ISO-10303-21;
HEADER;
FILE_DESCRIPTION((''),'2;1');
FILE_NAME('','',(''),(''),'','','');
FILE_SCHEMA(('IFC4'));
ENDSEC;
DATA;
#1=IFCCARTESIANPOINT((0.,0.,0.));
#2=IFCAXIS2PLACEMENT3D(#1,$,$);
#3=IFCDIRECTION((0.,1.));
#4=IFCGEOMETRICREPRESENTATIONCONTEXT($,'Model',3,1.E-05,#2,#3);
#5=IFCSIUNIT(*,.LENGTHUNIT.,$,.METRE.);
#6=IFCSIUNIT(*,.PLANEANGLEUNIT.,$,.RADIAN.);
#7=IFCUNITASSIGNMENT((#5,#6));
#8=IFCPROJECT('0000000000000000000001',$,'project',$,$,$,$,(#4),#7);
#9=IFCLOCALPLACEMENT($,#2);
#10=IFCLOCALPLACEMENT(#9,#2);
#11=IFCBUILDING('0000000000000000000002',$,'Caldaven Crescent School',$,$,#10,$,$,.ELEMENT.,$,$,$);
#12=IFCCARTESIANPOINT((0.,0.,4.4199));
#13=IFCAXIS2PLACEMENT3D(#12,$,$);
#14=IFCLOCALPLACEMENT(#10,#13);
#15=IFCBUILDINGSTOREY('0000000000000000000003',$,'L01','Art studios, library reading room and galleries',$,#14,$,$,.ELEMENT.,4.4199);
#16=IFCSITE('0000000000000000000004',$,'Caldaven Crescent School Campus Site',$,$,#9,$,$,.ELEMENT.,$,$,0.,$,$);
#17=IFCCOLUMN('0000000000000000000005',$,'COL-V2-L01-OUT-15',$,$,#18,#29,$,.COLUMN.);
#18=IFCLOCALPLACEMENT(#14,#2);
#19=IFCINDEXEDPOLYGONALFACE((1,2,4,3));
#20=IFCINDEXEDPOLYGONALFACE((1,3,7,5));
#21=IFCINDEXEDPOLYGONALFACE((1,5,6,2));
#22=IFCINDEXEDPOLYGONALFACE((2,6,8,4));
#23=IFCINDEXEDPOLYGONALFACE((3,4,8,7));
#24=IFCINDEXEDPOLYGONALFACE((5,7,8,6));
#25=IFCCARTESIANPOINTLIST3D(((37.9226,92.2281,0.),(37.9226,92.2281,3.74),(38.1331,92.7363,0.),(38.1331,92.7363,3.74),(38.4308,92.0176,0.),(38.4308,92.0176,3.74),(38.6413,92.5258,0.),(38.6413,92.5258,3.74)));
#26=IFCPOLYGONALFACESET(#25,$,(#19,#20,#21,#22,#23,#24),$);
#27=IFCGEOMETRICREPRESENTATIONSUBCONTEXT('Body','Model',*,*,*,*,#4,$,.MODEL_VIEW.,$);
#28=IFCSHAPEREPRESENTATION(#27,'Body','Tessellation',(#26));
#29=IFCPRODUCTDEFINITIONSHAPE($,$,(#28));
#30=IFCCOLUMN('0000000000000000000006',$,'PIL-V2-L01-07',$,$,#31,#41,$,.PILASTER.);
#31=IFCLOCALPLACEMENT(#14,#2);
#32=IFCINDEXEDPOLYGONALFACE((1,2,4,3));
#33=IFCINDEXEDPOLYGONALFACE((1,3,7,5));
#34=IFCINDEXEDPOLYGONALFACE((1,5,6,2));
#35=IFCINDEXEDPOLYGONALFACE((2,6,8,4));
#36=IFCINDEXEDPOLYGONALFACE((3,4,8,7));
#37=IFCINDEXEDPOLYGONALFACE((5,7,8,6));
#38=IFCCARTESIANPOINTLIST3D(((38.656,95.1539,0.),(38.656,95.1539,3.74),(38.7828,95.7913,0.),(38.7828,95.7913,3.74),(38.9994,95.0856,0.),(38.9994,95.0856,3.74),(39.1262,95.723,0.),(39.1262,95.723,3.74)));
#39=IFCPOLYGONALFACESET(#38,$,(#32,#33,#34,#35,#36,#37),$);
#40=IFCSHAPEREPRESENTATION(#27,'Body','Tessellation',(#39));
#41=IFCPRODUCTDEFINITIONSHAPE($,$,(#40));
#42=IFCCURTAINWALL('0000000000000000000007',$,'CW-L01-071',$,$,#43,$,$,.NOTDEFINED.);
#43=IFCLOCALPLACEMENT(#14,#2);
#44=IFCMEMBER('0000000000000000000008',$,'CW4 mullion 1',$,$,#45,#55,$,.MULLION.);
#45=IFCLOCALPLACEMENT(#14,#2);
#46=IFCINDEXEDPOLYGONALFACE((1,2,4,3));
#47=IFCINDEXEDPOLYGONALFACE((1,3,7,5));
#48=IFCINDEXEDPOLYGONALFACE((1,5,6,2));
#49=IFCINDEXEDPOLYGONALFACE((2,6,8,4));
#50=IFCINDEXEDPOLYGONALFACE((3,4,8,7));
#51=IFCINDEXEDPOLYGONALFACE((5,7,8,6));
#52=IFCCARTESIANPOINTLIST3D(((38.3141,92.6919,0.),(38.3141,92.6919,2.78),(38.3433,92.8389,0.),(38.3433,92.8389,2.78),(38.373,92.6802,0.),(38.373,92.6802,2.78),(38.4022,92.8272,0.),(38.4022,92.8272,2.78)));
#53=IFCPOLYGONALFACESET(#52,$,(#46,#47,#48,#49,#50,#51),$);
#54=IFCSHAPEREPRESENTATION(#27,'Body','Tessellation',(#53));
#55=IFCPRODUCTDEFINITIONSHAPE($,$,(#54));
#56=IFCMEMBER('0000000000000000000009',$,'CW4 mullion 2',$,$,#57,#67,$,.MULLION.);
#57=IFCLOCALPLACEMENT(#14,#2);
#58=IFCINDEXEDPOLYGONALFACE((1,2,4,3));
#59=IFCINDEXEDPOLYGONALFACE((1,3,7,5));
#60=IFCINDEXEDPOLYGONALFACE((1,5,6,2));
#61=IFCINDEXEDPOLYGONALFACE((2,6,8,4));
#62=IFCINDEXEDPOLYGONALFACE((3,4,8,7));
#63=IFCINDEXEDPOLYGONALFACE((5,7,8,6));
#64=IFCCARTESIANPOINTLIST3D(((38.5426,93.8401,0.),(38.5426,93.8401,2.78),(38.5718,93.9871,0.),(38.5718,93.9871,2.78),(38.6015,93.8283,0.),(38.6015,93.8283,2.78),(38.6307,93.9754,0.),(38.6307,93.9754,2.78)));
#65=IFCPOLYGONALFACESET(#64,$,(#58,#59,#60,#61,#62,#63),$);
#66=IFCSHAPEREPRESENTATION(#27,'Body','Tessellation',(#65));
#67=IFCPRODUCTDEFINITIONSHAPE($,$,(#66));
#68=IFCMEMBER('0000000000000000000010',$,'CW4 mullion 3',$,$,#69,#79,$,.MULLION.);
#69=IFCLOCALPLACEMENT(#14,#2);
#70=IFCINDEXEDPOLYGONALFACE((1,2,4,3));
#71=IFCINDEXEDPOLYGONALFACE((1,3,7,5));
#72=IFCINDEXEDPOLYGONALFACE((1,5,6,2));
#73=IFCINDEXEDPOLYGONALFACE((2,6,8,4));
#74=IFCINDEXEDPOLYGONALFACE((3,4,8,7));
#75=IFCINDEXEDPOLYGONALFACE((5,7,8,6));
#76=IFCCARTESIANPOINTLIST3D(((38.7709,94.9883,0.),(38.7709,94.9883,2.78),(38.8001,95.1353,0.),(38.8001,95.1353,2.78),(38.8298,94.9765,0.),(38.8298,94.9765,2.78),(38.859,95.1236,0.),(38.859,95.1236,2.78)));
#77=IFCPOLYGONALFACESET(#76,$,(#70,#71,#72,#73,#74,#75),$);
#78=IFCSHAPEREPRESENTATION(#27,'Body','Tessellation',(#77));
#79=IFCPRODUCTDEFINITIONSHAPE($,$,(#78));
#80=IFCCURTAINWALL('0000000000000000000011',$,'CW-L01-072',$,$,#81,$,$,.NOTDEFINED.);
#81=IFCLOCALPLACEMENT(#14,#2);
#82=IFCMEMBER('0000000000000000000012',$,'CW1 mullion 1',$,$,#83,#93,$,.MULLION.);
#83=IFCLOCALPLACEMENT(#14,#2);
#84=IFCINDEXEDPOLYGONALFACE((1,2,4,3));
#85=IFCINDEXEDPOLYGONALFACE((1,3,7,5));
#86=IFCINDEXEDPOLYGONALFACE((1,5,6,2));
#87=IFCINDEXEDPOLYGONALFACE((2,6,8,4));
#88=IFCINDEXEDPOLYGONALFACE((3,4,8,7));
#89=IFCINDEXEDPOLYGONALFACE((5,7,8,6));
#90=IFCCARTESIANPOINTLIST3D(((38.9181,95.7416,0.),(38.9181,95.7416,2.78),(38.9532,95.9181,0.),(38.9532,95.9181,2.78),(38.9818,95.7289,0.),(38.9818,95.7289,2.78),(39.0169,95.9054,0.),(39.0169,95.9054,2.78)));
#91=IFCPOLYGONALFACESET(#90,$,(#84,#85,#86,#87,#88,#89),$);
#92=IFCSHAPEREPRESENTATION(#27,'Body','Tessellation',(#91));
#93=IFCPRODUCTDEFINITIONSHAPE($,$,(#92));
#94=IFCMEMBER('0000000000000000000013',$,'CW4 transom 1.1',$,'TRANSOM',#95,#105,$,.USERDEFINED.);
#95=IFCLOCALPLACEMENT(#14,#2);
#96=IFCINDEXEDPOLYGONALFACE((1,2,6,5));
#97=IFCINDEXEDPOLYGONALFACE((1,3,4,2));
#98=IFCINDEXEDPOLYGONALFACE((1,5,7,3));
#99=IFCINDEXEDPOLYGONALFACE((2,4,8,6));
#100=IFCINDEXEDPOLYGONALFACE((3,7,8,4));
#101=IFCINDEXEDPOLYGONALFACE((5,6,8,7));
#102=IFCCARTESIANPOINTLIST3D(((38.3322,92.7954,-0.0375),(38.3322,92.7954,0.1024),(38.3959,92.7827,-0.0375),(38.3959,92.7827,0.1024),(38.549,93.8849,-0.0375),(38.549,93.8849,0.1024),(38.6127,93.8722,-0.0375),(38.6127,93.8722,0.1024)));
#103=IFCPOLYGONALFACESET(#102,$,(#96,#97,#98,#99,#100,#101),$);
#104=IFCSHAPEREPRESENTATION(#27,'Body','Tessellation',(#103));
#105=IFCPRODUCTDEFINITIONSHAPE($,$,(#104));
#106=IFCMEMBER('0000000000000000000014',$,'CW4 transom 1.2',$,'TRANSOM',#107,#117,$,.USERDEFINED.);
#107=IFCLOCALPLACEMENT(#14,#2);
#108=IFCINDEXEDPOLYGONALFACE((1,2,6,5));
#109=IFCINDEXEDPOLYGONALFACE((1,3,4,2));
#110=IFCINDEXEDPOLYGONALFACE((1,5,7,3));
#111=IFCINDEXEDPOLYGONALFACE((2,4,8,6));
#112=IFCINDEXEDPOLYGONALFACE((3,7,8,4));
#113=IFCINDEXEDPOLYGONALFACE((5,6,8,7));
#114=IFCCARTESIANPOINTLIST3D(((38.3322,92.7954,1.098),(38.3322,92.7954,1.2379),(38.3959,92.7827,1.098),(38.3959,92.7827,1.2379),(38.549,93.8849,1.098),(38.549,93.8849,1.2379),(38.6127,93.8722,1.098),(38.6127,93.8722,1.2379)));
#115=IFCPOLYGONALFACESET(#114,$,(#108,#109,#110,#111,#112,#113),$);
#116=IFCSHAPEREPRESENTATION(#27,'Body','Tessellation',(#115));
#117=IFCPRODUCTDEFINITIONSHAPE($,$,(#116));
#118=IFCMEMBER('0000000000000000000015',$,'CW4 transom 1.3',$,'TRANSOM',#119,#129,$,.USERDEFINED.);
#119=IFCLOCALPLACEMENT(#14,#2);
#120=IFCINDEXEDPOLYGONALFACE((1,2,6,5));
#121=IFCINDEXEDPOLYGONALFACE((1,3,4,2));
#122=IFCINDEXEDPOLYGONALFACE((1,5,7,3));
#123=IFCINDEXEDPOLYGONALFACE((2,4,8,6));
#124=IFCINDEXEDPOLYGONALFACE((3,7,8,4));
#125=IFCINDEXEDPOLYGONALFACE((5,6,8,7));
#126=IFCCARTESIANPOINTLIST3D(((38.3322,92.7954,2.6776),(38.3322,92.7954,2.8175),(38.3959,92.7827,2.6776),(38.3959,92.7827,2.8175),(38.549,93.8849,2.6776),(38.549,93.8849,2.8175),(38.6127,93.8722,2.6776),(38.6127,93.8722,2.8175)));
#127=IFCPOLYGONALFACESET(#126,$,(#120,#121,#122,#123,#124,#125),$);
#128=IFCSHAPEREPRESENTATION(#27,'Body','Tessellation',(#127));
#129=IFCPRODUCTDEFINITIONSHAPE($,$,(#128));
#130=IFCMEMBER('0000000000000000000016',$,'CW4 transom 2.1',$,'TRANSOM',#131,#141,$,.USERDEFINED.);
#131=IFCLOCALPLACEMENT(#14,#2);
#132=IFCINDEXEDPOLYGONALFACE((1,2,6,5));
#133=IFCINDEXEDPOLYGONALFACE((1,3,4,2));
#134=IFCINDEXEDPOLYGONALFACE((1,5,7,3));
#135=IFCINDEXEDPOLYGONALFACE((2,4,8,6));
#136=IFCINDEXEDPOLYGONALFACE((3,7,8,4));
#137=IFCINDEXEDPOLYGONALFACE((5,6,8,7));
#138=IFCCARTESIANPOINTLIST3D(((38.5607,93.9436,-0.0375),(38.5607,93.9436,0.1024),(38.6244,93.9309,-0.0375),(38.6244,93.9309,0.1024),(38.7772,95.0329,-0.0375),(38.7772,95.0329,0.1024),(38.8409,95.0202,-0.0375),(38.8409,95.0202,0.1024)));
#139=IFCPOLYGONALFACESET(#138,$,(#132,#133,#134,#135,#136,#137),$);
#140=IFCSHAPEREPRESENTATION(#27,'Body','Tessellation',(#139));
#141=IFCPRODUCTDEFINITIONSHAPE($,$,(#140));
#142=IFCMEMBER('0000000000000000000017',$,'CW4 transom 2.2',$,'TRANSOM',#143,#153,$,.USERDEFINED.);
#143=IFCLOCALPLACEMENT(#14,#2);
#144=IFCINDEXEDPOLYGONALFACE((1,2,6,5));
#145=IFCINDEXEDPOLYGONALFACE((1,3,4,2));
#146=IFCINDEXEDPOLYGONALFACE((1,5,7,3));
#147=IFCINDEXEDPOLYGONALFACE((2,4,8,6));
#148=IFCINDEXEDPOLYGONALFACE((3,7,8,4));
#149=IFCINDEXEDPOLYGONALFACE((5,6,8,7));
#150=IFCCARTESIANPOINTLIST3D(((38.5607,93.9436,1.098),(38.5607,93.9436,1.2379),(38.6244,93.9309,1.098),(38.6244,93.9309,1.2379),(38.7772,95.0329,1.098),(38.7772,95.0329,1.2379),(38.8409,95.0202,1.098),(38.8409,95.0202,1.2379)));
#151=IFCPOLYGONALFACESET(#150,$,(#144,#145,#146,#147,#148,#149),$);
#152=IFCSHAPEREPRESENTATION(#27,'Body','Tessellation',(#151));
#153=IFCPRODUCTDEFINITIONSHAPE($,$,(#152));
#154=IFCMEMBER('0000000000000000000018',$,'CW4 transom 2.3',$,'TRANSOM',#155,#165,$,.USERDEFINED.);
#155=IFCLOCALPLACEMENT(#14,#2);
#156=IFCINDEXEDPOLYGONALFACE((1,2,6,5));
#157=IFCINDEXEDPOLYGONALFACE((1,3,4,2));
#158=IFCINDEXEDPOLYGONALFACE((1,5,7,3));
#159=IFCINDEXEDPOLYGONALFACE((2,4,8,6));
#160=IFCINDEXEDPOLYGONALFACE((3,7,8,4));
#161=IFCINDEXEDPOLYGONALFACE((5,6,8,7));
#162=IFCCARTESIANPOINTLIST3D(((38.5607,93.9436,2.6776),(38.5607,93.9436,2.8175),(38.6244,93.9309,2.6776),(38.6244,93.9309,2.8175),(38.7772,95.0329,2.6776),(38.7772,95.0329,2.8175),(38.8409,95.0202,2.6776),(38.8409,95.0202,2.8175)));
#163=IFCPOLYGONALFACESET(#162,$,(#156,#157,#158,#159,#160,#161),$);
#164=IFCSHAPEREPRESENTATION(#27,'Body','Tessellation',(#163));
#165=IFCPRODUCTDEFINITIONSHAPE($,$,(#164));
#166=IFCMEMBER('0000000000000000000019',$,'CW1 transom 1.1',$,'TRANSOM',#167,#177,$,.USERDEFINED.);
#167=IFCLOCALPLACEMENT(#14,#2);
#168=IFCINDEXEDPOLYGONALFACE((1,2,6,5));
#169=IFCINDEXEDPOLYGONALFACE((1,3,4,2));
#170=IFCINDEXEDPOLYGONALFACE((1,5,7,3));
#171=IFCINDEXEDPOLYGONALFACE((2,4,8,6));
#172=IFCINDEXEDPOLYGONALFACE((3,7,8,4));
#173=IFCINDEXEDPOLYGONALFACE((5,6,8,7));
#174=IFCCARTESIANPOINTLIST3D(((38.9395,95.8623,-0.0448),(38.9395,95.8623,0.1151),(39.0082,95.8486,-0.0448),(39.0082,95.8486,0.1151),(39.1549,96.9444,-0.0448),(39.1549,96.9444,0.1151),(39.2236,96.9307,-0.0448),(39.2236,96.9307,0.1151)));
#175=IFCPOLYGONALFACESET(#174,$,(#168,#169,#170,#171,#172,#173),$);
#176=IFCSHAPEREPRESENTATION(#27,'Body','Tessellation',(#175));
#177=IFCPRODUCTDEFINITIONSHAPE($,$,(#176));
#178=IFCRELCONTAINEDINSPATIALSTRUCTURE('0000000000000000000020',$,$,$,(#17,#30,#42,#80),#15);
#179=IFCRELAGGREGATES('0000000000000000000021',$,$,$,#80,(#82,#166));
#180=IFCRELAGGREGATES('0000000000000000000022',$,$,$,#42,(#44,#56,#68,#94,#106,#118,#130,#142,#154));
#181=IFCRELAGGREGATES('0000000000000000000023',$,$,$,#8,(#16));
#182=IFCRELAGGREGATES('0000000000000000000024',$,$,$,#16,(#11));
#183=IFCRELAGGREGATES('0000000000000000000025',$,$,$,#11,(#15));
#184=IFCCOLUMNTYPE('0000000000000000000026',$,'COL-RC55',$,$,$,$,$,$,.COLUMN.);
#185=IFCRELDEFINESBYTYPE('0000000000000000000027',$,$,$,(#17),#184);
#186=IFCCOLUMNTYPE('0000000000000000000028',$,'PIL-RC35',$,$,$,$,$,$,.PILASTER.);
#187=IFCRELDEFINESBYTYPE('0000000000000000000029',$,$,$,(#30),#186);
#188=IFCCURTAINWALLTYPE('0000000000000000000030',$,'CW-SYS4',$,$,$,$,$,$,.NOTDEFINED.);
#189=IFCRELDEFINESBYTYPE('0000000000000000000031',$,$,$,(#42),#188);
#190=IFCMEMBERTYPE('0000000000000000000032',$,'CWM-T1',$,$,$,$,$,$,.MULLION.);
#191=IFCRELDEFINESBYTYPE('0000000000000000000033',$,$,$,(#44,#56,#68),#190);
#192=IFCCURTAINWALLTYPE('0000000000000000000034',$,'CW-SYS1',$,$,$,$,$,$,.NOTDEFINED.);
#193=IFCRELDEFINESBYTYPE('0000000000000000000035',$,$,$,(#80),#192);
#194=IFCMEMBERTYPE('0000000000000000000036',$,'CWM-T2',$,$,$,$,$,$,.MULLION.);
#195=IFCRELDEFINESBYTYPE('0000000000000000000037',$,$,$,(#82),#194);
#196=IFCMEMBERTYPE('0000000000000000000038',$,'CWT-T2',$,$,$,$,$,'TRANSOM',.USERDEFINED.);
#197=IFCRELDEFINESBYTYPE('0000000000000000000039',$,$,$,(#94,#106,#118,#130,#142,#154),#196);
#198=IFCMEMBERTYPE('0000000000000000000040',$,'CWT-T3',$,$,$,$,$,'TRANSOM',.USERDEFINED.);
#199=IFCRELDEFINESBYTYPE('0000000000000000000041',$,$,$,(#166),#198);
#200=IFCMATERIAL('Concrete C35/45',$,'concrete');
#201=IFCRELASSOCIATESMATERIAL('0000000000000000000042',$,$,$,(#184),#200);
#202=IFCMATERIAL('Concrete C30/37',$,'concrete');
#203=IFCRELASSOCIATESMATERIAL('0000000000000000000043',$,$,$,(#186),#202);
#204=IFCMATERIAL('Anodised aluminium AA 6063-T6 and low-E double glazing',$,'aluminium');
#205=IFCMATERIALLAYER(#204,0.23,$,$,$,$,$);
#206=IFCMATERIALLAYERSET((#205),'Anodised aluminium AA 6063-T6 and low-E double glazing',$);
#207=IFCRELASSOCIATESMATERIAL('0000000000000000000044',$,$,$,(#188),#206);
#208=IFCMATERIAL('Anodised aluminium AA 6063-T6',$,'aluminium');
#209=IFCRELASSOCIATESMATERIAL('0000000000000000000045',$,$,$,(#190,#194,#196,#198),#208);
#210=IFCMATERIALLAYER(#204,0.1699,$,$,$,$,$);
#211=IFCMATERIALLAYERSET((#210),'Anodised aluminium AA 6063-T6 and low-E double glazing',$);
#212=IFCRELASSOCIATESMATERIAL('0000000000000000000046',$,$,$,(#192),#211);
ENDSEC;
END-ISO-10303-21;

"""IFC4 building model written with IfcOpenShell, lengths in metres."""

from ifc_helpers import new_model, si_unit, direction, frame, origin, origin_2d, place, context, subcontext, project, spatial, rectangle, extrude, material, layer, layer_set, material_profile, profile_set, type_object, element, aggregate, save


model = new_model("IFC4")

# Units and contexts
model_context = context("Model", 3, precision=1e-05, world=origin(), true_north=direction((0.0, 1.0)))
body_context = subcontext(model_context, "Body", "Model", "MODEL_VIEW")
ifc_project = project(units=[si_unit("LENGTHUNIT", "METRE"), si_unit("PLANEANGLEUNIT", "RADIAN")], contexts=[model_context])

# Site, building, storey
site_placement = place(None, origin())
site = spatial("IfcSite", under=ifc_project, at=site_placement, Name="Caldaven Crescent School Campus Site", CompositionType="ELEMENT", RefElevation=0.0)
building_placement = place(site_placement, origin())
building = spatial("IfcBuilding", under=site, at=building_placement, Name="Caldaven Crescent School", CompositionType="ELEMENT")
storey_placement = place(building_placement, frame((0.0, 0.0, 4.4199)))
storey = spatial("IfcBuildingStorey", under=building, at=storey_placement, Name="L01", Description="Art studios, library reading room and galleries", CompositionType="ELEMENT", Elevation=4.4199)

# Columns
ifc_material_1 = material(Name="Concrete C35/45", Category="concrete")
ifc_material_profile_1 = material_profile(ifc_material_1, rectangle(XDim=0.55, YDim=0.55, at=origin_2d()), Name="RC 550x550")
ifc_profile_set_1 = profile_set([ifc_material_profile_1], Name="Concrete C35/45")
column_type_1 = type_object("IfcColumnType", Name="COL-RC55", PredefinedType="COLUMN", material=ifc_profile_set_1)
column_1_placement = place(storey_placement, frame((38.282, 92.377, 0.0), z_axis=(0.0, 0.0, 1.0), x_axis=(0.92388, -0.382683, 0.0)))
element("IfcColumn", 1, at=column_1_placement, inside=storey, type_object=column_type_1, Name="COL-V2-L01-OUT-15", PredefinedType="COLUMN", context=body_context, shape_type="SweptSolid", body=[
    extrude(rectangle(XDim=0.55, YDim=0.55, at=origin_2d()), origin(), (0.0, 0.0, 1.0), 3.74),
])
ifc_material_2 = material(Name="Concrete C30/37", Category="concrete")
ifc_material_profile_2 = material_profile(ifc_material_2, rectangle(XDim=0.3501, YDim=0.6499, at=origin_2d()), Name="RC 350x650")
ifc_profile_set_2 = profile_set([ifc_material_profile_2], Name="Concrete C30/37")
column_type_2 = type_object("IfcColumnType", Name="PIL-RC35", PredefinedType="PILASTER", material=ifc_profile_set_2)
column_2_placement = place(storey_placement, frame((38.8911, 95.4385, 0.0), z_axis=(0.0, 0.0, 1.0), x_axis=(0.980785, -0.19509, 0.0)))
element("IfcColumn", 2, at=column_2_placement, inside=storey, type_object=column_type_2, Name="PIL-V2-L01-07", PredefinedType="PILASTER", context=body_context, shape_type="SweptSolid", body=[
    extrude(rectangle(XDim=0.3501, YDim=0.6499, at=origin_2d()), origin(), (0.0, 0.0, 1.0), 3.74),
])

# Curtain wall, members
ifc_material_3 = material(Name="Anodised aluminium AA 6063-T6 and low-E double glazing", Category="aluminium")
ifc_layer_1 = layer(ifc_material_3, 0.23)
ifc_layer_set_1 = layer_set([ifc_layer_1], Name="Anodised aluminium AA 6063-T6 and low-E double glazing")
curtain_wall_type_1 = type_object("IfcCurtainWallType", Name="CW-SYS4", PredefinedType="NOTDEFINED", material=ifc_layer_set_1)
curtain_wall_1_placement = place(storey_placement, origin())
curtain_wall_1 = element("IfcCurtainWall", 3, at=curtain_wall_1_placement, inside=storey, type_object=curtain_wall_type_1, Name="CW-L01-071", PredefinedType="NOTDEFINED")
ifc_material_4 = material(Name="Anodised aluminium AA 6063-T6", Category="aluminium")
ifc_material_profile_3 = material_profile(ifc_material_4, rectangle(XDim=0.0601, YDim=0.1499, at=origin_2d()), Name="CWM 60x150")
ifc_profile_set_3 = profile_set([ifc_material_profile_3], Name="Anodised aluminium AA 6063-T6")
member_type_1 = type_object("IfcMemberType", Name="CWM-T1", PredefinedType="MULLION", material=ifc_profile_set_3)
member_1_placement = place(storey_placement, frame((38.3582, 92.7595, 0.0), z_axis=(0.0, 0.0, 1.0), x_axis=(-0.980786, 0.195087, 0.0)))
member_1 = element("IfcMember", 4, at=member_1_placement, type_object=member_type_1, Name="CW4 mullion 1", PredefinedType="MULLION", context=body_context, shape_type="SweptSolid", body=[
    extrude(rectangle(XDim=0.0601, YDim=0.1499, at=origin_2d()), origin(), (0.0, 0.0, 1.0), 2.78),
])
member_2_placement = place(storey_placement, frame((38.5867, 93.9077, 0.0), z_axis=(0.0, 0.0, 1.0), x_axis=(-0.980786, 0.195087, 0.0)))
member_2 = element("IfcMember", 5, at=member_2_placement, type_object=member_type_1, Name="CW4 mullion 2", PredefinedType="MULLION", context=body_context, shape_type="SweptSolid", body=[
    extrude(rectangle(XDim=0.0601, YDim=0.1499, at=origin_2d()), origin(), (0.0, 0.0, 1.0), 2.78),
])
member_3_placement = place(storey_placement, frame((38.8149, 95.0559, 0.0), z_axis=(0.0, 0.0, 1.0), x_axis=(-0.980786, 0.195087, 0.0)))
member_3 = element("IfcMember", 6, at=member_3_placement, type_object=member_type_1, Name="CW4 mullion 3", PredefinedType="MULLION", context=body_context, shape_type="SweptSolid", body=[
    extrude(rectangle(XDim=0.0601, YDim=0.1499, at=origin_2d()), origin(), (0.0, 0.0, 1.0), 2.78),
])

# Curtain wall, member
ifc_layer_2 = layer(ifc_material_3, 0.1699)
ifc_layer_set_2 = layer_set([ifc_layer_2], Name="Anodised aluminium AA 6063-T6 and low-E double glazing")
curtain_wall_type_2 = type_object("IfcCurtainWallType", Name="CW-SYS1", PredefinedType="NOTDEFINED", material=ifc_layer_set_2)
curtain_wall_2_placement = place(storey_placement, origin())
curtain_wall_2 = element("IfcCurtainWall", 7, at=curtain_wall_2_placement, inside=storey, type_object=curtain_wall_type_2, Name="CW-L01-072", PredefinedType="NOTDEFINED")
ifc_material_profile_4 = material_profile(ifc_material_4, rectangle(XDim=0.0649, YDim=0.1799, at=origin_2d()), Name="CWM 65x180")
ifc_profile_set_4 = profile_set([ifc_material_profile_4], Name="Anodised aluminium AA 6063-T6")
member_type_2 = type_object("IfcMemberType", Name="CWM-T2", PredefinedType="MULLION", material=ifc_profile_set_4)
member_4_placement = place(storey_placement, frame((38.9675, 95.8235, 0.0), z_axis=(0.0, 0.0, 1.0), x_axis=(-0.980785, 0.195091, 0.0)))
member_4 = element("IfcMember", 8, at=member_4_placement, type_object=member_type_2, Name="CW1 mullion 1", PredefinedType="MULLION", context=body_context, shape_type="SweptSolid", body=[
    extrude(rectangle(XDim=0.0649, YDim=0.1799, at=origin_2d()), origin(), (0.0, 0.0, 1.0), 2.78),
])

# Members
ifc_material_profile_5 = material_profile(ifc_material_4, rectangle(XDim=0.0649, YDim=0.1399, at=origin_2d()), Name="CWT 65x140")
ifc_profile_set_5 = profile_set([ifc_material_profile_5], Name="Anodised aluminium AA 6063-T6")
member_type_3 = type_object("IfcMemberType", Name="CWT-T2", ElementType="TRANSOM", PredefinedType="USERDEFINED", material=ifc_profile_set_5)
member_5_placement = place(storey_placement, frame((38.364, 92.7891, 0.0325), z_axis=(0.195186, 0.980766, 0.0), x_axis=(-0.980766, 0.195186, 0.0)))
member_5 = element("IfcMember", 9, at=member_5_placement, type_object=member_type_3, Name="CW4 transom 1.1", ObjectType="TRANSOM", PredefinedType="USERDEFINED", context=body_context, shape_type="SweptSolid", body=[
    extrude(rectangle(XDim=0.0649, YDim=0.1399, at=origin_2d()), origin(), (0.0, 0.0, 1.0), 1.1108),
])
member_6_placement = place(storey_placement, frame((38.364, 92.7891, 1.168), z_axis=(0.195186, 0.980766, 0.0), x_axis=(-0.980766, 0.195186, 0.0)))
member_6 = element("IfcMember", 10, at=member_6_placement, type_object=member_type_3, Name="CW4 transom 1.2", ObjectType="TRANSOM", PredefinedType="USERDEFINED", context=body_context, shape_type="SweptSolid", body=[
    extrude(rectangle(XDim=0.0649, YDim=0.1399, at=origin_2d()), origin(), (0.0, 0.0, 1.0), 1.1108),
])
member_7_placement = place(storey_placement, frame((38.364, 92.7891, 2.7476), z_axis=(0.195186, 0.980766, 0.0), x_axis=(-0.980766, 0.195186, 0.0)))
member_7 = element("IfcMember", 11, at=member_7_placement, type_object=member_type_3, Name="CW4 transom 1.3", ObjectType="TRANSOM", PredefinedType="USERDEFINED", context=body_context, shape_type="SweptSolid", body=[
    extrude(rectangle(XDim=0.0649, YDim=0.1399, at=origin_2d()), origin(), (0.0, 0.0, 1.0), 1.1108),
])
member_8_placement = place(storey_placement, frame((38.5925, 93.9373, 0.0325), z_axis=(0.194975, 0.980808, 0.0), x_axis=(-0.980808, 0.194975, 0.0)))
member_8 = element("IfcMember", 12, at=member_8_placement, type_object=member_type_3, Name="CW4 transom 2.1", ObjectType="TRANSOM", PredefinedType="USERDEFINED", context=body_context, shape_type="SweptSolid", body=[
    extrude(rectangle(XDim=0.0649, YDim=0.1399, at=origin_2d()), origin(), (0.0, 0.0, 1.0), 1.1106),
])
member_9_placement = place(storey_placement, frame((38.5925, 93.9373, 1.168), z_axis=(0.194975, 0.980808, 0.0), x_axis=(-0.980808, 0.194975, 0.0)))
member_9 = element("IfcMember", 13, at=member_9_placement, type_object=member_type_3, Name="CW4 transom 2.2", ObjectType="TRANSOM", PredefinedType="USERDEFINED", context=body_context, shape_type="SweptSolid", body=[
    extrude(rectangle(XDim=0.0649, YDim=0.1399, at=origin_2d()), origin(), (0.0, 0.0, 1.0), 1.1106),
])
member_10_placement = place(storey_placement, frame((38.5925, 93.9373, 2.7476), z_axis=(0.194975, 0.980808, 0.0), x_axis=(-0.980808, 0.194975, 0.0)))
member_10 = element("IfcMember", 14, at=member_10_placement, type_object=member_type_3, Name="CW4 transom 2.3", ObjectType="TRANSOM", PredefinedType="USERDEFINED", context=body_context, shape_type="SweptSolid", body=[
    extrude(rectangle(XDim=0.0649, YDim=0.1399, at=origin_2d()), origin(), (0.0, 0.0, 1.0), 1.1106),
])
ifc_material_profile_6 = material_profile(ifc_material_4, rectangle(XDim=0.0701, YDim=0.1599, at=origin_2d()), Name="CWT 70x160")
ifc_profile_set_6 = profile_set([ifc_material_profile_6], Name="Anodised aluminium AA 6063-T6")
member_type_4 = type_object("IfcMemberType", Name="CWT-T3", ElementType="TRANSOM", PredefinedType="USERDEFINED", material=ifc_profile_set_6)
member_11_placement = place(storey_placement, frame((38.9739, 95.8555, 0.0352), z_axis=(0.19518, 0.980767, 0.0), x_axis=(-0.980767, 0.19518, 0.0)))
member_11 = element("IfcMember", 15, at=member_11_placement, type_object=member_type_4, Name="CW1 transom 1.1", ObjectType="TRANSOM", PredefinedType="USERDEFINED", context=body_context, shape_type="SweptSolid", body=[
    extrude(rectangle(XDim=0.0701, YDim=0.1599, at=origin_2d()), origin(), (0.0, 0.0, 1.0), 1.1033),
])
aggregate(curtain_wall_2, [member_4, member_11])

aggregate(curtain_wall_1, [member_1, member_2, member_3, member_5, member_6, member_7, member_8, member_9, member_10])

save(model, "model.ifc")
